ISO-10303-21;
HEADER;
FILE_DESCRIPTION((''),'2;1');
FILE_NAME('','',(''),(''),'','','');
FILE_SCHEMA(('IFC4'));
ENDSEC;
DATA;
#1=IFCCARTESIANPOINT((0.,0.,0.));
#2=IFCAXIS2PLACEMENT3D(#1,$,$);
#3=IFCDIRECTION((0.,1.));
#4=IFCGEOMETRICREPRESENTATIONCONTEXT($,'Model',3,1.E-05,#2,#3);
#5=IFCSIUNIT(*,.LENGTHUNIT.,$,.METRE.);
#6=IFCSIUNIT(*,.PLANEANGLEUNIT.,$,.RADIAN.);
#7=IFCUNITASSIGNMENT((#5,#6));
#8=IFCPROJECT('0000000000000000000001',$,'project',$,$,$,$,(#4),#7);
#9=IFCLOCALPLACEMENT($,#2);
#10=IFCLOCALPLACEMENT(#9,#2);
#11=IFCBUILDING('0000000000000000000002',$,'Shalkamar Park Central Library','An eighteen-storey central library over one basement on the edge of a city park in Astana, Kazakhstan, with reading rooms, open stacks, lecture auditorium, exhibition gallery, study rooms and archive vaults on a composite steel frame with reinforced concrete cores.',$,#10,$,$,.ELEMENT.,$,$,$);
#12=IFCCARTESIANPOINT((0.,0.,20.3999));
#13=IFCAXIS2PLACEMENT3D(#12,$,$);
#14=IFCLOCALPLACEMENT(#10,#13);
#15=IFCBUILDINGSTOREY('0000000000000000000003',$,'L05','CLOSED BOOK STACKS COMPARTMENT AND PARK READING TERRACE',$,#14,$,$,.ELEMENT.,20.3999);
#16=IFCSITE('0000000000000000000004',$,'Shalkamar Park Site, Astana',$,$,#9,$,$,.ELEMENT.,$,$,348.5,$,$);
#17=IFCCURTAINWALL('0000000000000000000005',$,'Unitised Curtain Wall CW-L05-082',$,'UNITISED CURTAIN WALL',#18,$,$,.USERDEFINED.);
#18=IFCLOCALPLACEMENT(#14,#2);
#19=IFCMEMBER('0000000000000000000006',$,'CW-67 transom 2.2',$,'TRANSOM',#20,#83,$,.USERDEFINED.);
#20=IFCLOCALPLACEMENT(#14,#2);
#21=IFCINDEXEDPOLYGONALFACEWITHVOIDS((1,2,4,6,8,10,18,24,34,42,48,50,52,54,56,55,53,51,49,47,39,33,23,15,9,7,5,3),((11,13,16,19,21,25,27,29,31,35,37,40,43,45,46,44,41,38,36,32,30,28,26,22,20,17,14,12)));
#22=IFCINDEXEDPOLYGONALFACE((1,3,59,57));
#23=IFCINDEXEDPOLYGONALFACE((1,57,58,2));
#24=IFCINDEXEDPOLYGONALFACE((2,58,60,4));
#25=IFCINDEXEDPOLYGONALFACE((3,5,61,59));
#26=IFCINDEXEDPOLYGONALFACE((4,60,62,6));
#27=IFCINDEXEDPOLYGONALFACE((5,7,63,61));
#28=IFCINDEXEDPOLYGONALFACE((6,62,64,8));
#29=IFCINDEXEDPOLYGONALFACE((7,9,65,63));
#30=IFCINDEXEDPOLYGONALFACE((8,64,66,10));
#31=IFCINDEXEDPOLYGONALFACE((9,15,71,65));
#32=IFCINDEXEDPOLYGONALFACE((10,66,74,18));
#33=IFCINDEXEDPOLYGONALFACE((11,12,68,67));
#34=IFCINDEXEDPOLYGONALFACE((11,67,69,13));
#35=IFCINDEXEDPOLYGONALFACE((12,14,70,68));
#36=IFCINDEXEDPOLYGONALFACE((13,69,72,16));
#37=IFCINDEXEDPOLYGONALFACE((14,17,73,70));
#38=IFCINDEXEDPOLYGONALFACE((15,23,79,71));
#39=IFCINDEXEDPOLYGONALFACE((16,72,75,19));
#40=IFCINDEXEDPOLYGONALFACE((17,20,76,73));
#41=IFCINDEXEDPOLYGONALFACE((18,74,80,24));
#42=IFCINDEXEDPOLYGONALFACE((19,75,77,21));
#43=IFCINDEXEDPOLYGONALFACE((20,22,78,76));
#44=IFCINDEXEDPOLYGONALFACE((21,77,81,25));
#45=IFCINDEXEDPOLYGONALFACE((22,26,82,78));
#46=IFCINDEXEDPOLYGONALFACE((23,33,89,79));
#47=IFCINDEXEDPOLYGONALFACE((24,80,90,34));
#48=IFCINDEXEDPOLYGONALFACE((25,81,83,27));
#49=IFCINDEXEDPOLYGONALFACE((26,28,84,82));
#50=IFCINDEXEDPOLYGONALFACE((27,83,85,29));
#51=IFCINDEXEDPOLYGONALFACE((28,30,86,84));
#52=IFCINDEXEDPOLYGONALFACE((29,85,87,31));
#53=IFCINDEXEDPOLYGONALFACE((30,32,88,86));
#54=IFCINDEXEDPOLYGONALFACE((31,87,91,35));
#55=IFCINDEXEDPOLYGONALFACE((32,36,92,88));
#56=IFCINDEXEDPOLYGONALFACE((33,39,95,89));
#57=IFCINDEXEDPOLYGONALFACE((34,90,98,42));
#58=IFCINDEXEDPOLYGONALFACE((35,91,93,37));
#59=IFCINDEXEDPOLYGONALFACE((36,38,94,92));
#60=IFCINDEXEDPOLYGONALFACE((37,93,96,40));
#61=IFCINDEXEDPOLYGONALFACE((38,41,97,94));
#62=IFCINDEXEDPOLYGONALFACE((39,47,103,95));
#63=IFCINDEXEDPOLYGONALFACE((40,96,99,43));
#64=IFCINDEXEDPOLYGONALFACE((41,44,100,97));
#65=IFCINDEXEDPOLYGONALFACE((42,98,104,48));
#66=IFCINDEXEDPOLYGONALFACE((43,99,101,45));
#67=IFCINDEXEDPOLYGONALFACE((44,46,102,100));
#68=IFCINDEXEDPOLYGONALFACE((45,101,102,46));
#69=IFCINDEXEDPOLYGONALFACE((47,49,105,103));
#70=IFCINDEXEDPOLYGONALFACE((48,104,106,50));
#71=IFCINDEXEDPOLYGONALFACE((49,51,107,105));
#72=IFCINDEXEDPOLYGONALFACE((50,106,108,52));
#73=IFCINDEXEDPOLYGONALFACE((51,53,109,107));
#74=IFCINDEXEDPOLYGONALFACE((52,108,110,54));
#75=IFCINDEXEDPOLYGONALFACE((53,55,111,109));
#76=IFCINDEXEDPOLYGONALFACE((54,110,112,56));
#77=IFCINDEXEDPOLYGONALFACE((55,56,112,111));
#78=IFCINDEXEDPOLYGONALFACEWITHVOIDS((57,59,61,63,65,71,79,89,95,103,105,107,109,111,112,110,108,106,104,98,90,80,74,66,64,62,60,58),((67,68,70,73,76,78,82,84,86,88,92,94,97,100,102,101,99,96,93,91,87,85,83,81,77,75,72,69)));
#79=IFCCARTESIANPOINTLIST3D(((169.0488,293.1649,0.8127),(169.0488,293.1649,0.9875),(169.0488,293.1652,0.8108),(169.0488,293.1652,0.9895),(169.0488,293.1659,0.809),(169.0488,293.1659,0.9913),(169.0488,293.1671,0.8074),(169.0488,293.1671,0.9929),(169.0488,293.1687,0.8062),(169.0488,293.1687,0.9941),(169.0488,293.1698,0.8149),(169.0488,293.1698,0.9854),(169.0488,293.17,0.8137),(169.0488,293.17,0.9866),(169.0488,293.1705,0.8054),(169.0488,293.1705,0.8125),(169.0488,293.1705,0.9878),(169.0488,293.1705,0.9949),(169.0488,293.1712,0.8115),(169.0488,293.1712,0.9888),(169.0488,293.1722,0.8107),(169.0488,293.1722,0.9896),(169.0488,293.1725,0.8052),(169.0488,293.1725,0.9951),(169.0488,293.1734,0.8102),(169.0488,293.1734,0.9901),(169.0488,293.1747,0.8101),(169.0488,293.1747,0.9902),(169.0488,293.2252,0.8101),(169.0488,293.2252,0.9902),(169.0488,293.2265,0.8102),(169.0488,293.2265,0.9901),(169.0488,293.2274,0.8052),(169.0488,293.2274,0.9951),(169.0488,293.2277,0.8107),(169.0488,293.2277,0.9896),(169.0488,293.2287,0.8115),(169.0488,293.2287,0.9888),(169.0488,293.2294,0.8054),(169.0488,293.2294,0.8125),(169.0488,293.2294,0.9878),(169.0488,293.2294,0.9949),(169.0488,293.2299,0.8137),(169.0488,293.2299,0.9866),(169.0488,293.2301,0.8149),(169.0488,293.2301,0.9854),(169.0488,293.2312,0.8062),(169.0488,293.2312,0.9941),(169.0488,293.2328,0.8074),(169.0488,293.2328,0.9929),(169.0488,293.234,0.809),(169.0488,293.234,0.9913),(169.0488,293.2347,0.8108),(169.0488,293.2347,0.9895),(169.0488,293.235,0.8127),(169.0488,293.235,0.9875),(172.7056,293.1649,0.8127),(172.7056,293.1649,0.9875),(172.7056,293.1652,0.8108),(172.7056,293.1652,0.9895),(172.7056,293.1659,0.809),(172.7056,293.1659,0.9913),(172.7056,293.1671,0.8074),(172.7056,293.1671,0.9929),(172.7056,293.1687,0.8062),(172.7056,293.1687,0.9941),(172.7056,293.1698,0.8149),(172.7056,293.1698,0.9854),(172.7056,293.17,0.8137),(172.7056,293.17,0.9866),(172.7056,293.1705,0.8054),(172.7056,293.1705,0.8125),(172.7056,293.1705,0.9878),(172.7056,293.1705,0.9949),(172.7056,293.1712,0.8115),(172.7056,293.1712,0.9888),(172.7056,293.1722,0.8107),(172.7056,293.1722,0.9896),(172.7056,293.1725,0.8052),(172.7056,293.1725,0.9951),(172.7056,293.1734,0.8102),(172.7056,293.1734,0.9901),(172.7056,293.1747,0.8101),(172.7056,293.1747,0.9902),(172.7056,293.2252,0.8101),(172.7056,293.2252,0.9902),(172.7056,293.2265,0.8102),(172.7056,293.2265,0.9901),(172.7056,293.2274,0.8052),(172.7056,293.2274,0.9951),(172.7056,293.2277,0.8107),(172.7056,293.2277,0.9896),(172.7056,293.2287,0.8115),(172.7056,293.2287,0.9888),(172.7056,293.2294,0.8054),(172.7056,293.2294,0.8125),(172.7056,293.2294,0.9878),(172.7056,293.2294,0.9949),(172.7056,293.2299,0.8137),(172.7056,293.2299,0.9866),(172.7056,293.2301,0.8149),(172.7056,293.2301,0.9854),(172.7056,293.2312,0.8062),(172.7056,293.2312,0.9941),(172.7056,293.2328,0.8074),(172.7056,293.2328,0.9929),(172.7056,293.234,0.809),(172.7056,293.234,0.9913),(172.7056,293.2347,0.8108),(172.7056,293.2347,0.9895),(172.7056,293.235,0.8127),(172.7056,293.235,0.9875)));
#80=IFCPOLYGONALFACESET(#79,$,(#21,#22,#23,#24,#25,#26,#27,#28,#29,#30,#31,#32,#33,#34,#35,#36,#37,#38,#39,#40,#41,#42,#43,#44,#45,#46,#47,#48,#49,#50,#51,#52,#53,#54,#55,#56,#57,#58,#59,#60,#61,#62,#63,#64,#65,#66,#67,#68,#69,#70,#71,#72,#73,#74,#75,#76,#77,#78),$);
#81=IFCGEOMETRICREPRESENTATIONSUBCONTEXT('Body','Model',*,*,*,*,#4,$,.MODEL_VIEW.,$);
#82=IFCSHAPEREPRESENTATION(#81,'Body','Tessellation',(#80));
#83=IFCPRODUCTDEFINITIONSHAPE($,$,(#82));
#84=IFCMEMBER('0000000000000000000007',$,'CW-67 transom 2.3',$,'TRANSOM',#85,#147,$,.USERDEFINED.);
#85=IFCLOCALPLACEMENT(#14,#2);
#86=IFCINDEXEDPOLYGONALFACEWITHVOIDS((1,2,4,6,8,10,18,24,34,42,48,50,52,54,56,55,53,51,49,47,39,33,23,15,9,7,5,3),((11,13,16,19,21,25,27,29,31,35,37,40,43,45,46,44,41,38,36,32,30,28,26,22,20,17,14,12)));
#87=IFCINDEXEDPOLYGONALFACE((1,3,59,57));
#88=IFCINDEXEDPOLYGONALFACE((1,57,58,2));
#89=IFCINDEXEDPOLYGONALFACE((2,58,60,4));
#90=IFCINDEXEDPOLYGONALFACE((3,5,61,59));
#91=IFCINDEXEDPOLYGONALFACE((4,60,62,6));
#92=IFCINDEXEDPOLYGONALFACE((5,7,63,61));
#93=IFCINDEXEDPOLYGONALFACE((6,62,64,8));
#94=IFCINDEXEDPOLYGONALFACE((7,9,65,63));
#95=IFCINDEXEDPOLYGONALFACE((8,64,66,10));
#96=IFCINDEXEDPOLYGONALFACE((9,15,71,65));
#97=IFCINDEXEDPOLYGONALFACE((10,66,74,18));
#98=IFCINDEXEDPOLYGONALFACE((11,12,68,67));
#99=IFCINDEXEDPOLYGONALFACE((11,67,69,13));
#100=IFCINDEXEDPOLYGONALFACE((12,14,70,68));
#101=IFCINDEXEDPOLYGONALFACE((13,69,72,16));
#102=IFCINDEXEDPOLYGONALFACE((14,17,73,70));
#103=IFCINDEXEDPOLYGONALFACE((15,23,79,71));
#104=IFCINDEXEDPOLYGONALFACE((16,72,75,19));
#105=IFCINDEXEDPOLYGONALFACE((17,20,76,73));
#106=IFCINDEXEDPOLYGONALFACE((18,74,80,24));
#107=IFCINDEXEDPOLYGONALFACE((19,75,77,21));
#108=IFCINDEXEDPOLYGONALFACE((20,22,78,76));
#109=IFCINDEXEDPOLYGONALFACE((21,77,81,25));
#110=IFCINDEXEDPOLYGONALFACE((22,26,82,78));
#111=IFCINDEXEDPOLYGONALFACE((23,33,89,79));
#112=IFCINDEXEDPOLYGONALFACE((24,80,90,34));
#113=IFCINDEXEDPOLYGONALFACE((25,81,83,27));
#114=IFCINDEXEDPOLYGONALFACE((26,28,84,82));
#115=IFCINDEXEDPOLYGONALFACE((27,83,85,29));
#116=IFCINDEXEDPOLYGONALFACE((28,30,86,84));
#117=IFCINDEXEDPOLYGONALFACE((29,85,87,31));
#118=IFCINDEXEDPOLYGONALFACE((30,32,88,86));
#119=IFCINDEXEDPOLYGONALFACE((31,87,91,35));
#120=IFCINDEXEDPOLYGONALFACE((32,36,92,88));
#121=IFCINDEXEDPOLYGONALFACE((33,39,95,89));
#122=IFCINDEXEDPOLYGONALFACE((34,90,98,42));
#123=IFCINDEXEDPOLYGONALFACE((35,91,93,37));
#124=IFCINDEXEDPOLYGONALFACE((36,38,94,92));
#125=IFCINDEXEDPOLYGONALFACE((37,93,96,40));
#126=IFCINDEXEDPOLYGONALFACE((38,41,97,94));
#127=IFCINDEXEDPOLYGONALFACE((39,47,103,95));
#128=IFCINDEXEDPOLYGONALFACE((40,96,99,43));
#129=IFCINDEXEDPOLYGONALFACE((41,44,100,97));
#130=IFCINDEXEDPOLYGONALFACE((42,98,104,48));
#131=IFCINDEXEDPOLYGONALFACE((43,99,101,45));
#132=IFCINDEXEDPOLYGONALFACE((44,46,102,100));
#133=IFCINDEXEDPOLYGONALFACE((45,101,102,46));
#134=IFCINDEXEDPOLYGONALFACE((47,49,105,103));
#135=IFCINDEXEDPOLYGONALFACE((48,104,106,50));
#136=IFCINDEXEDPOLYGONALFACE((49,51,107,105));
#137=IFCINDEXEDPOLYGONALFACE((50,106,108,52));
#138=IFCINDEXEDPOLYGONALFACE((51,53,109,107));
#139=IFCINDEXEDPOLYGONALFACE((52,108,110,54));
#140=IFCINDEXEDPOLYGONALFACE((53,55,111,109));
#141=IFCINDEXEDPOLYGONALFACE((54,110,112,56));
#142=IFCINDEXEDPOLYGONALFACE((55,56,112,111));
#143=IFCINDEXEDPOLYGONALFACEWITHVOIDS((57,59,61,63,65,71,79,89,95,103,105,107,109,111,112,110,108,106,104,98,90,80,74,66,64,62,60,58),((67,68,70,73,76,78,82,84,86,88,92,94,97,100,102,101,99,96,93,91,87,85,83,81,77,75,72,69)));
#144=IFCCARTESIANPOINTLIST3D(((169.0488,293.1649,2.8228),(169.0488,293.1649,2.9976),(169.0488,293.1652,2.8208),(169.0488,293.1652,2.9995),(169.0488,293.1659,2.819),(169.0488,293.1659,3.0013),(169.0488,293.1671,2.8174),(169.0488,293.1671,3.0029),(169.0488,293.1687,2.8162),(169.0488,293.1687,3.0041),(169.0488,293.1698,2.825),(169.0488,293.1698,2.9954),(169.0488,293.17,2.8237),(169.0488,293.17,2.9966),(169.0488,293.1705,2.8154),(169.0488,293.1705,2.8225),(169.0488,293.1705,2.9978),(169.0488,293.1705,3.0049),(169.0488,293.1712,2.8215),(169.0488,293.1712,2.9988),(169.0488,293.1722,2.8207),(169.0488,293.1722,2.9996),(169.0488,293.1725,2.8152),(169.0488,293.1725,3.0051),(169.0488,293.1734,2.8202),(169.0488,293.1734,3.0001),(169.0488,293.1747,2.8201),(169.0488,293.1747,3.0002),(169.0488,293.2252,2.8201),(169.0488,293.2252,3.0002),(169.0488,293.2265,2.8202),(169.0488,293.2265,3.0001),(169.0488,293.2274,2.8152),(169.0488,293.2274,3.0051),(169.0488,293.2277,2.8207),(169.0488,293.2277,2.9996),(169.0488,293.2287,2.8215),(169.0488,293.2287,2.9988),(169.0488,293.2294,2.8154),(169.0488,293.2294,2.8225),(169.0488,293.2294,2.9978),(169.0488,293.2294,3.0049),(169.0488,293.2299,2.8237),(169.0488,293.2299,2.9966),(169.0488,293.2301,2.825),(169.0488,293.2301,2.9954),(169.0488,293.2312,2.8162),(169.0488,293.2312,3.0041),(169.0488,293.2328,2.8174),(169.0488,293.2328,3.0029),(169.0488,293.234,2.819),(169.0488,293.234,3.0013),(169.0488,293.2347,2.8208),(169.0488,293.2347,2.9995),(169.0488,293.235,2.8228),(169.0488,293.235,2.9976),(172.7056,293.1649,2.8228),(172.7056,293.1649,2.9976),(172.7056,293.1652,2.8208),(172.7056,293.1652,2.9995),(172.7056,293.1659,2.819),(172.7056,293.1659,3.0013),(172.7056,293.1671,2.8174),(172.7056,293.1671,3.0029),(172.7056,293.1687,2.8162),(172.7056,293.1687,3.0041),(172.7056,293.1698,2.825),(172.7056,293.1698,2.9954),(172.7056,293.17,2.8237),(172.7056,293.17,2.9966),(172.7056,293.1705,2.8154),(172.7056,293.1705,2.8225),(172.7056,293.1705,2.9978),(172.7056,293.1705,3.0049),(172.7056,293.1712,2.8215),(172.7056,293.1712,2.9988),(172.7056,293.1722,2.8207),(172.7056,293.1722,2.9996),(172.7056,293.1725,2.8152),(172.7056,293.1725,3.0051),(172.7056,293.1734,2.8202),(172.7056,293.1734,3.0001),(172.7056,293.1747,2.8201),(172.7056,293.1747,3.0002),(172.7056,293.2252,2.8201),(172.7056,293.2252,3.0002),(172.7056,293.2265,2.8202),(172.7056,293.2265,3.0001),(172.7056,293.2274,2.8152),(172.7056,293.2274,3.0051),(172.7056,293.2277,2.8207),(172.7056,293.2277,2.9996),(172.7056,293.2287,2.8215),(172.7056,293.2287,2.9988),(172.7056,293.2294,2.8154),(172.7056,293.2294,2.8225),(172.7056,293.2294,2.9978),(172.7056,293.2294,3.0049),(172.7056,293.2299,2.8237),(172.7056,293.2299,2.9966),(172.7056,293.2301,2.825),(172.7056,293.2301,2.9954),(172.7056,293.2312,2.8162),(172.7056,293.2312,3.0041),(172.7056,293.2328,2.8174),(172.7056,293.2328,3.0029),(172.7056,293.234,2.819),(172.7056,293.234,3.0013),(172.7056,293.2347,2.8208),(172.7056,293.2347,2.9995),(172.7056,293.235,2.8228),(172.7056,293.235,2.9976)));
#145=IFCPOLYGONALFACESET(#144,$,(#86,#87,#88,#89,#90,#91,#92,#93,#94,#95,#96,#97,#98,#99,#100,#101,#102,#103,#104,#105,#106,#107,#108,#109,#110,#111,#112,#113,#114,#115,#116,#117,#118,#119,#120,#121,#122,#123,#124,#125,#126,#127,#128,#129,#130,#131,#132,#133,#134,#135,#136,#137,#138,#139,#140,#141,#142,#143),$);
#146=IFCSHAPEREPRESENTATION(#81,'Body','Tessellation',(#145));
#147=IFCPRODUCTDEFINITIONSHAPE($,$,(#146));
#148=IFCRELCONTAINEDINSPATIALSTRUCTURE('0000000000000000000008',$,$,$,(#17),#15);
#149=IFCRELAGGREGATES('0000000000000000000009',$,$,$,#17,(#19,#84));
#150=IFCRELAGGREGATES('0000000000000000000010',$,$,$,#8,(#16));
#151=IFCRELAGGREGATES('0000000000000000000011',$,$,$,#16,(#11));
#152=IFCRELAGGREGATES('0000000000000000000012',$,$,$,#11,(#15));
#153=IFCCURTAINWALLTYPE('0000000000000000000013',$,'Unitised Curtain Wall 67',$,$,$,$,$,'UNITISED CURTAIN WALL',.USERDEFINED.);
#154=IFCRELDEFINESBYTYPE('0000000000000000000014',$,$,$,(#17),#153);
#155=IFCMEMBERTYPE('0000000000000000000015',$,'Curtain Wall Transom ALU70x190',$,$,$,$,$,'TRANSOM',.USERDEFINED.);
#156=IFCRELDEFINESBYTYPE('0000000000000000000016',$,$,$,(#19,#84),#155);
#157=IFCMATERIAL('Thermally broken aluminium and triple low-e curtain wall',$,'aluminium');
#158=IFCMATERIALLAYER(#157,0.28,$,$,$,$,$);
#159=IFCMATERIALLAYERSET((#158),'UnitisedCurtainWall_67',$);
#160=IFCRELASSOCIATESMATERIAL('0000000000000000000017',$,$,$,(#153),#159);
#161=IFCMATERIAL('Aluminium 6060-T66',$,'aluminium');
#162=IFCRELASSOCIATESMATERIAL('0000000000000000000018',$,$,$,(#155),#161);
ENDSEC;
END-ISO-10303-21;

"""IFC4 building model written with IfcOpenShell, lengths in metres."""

from ifc_helpers import new_model, si_unit, direction, frame, origin, origin_2d, place, context, subcontext, project, spatial, hollow_rectangle, extrude, material, layer, layer_set, material_profile, profile_set, type_object, element, aggregate, save


model = new_model("IFC4")

# Units and contexts
model_context = context("Model", 3, precision=1e-05, world=origin(), true_north=direction((0.0, 1.0)))
body_context = subcontext(model_context, "Body", "Model", "MODEL_VIEW")
ifc_project = project(units=[si_unit("LENGTHUNIT", "METRE"), si_unit("PLANEANGLEUNIT", "RADIAN")], contexts=[model_context])

# Site, building, storey
site_placement = place(None, origin())
site = spatial("IfcSite", under=ifc_project, at=site_placement, Name="Shalkamar Park Site, Astana", CompositionType="ELEMENT", RefElevation=348.5)
building_placement = place(site_placement, origin())
building = spatial("IfcBuilding", under=site, at=building_placement, Name="Shalkamar Park Central Library", Description="An eighteen-storey central library over one basement on the edge of a city park in Astana, Kazakhstan, with reading rooms, open stacks, lecture auditorium, exhibition gallery, study rooms and archive vaults on a composite steel frame with reinforced concrete cores.", CompositionType="ELEMENT")
storey_placement = place(building_placement, frame((0.0, 0.0, 20.3999)))
storey = spatial("IfcBuildingStorey", under=building, at=storey_placement, Name="L05", Description="CLOSED BOOK STACKS COMPARTMENT AND PARK READING TERRACE", CompositionType="ELEMENT", Elevation=20.3999)

# Curtain wall
ifc_material_1 = material(Name="Thermally broken aluminium and triple low-e curtain wall", Category="aluminium")
ifc_material_2 = material(Name="Aluminium 6060-T66", Category="aluminium")
ifc_layer_1 = layer(ifc_material_1, 0.28)
ifc_layer_set_1 = layer_set([ifc_layer_1], Name="UnitisedCurtainWall_67")
curtain_wall_type_1 = type_object("IfcCurtainWallType", Name="Unitised Curtain Wall 67", ElementType="UNITISED CURTAIN WALL", PredefinedType="USERDEFINED", material=ifc_layer_set_1)
curtain_wall_1_placement = place(storey_placement, origin())
curtain_wall_1 = element("IfcCurtainWall", 1, at=curtain_wall_1_placement, inside=storey, type_object=curtain_wall_type_1, Name="Unitised Curtain Wall CW-L05-082", ObjectType="UNITISED CURTAIN WALL", PredefinedType="USERDEFINED")

# Members
ifc_material_profile_1 = material_profile(ifc_material_2, hollow_rectangle(XDim=0.0701, YDim=0.1899, WallThickness=0.0049, InnerFilletRadius=0.0049, OuterFilletRadius=0.0076, at=origin_2d()), Name="ALU 70x190x5")
ifc_profile_set_1 = profile_set([ifc_material_profile_1], Name="Aluminium 6060-T66")
member_type_1 = type_object("IfcMemberType", Name="Curtain Wall Transom ALU70x190", ElementType="TRANSOM", PredefinedType="USERDEFINED", material=ifc_profile_set_1)
member_1_placement = place(storey_placement, frame((169.0488, 293.2, 0.9001), z_axis=(1.0, 0.0, 0.0), x_axis=(0.0, 1.0, 0.0)))
member_1 = element("IfcMember", 2, at=member_1_placement, type_object=member_type_1, Name="CW-67 transom 2.2", ObjectType="TRANSOM", PredefinedType="USERDEFINED", context=body_context, shape_type="SweptSolid", body=[
    extrude(hollow_rectangle(XDim=0.0701, YDim=0.1899, WallThickness=0.0049, InnerFilletRadius=0.0049, OuterFilletRadius=0.0076, at=origin_2d()), origin(), (0.0, 0.0, 1.0), 3.6567),
])
member_2_placement = place(storey_placement, frame((169.0488, 293.2, 2.9102), z_axis=(1.0, 0.0, 0.0), x_axis=(0.0, 1.0, 0.0)))
member_2 = element("IfcMember", 3, at=member_2_placement, type_object=member_type_1, Name="CW-67 transom 2.3", ObjectType="TRANSOM", PredefinedType="USERDEFINED", context=body_context, shape_type="SweptSolid", body=[
    extrude(hollow_rectangle(XDim=0.0701, YDim=0.1899, WallThickness=0.0049, InnerFilletRadius=0.0049, OuterFilletRadius=0.0076, at=origin_2d()), origin(), (0.0, 0.0, 1.0), 3.6567),
])

aggregate(curtain_wall_1, [member_1, member_2])

save(model, "model.ifc")
